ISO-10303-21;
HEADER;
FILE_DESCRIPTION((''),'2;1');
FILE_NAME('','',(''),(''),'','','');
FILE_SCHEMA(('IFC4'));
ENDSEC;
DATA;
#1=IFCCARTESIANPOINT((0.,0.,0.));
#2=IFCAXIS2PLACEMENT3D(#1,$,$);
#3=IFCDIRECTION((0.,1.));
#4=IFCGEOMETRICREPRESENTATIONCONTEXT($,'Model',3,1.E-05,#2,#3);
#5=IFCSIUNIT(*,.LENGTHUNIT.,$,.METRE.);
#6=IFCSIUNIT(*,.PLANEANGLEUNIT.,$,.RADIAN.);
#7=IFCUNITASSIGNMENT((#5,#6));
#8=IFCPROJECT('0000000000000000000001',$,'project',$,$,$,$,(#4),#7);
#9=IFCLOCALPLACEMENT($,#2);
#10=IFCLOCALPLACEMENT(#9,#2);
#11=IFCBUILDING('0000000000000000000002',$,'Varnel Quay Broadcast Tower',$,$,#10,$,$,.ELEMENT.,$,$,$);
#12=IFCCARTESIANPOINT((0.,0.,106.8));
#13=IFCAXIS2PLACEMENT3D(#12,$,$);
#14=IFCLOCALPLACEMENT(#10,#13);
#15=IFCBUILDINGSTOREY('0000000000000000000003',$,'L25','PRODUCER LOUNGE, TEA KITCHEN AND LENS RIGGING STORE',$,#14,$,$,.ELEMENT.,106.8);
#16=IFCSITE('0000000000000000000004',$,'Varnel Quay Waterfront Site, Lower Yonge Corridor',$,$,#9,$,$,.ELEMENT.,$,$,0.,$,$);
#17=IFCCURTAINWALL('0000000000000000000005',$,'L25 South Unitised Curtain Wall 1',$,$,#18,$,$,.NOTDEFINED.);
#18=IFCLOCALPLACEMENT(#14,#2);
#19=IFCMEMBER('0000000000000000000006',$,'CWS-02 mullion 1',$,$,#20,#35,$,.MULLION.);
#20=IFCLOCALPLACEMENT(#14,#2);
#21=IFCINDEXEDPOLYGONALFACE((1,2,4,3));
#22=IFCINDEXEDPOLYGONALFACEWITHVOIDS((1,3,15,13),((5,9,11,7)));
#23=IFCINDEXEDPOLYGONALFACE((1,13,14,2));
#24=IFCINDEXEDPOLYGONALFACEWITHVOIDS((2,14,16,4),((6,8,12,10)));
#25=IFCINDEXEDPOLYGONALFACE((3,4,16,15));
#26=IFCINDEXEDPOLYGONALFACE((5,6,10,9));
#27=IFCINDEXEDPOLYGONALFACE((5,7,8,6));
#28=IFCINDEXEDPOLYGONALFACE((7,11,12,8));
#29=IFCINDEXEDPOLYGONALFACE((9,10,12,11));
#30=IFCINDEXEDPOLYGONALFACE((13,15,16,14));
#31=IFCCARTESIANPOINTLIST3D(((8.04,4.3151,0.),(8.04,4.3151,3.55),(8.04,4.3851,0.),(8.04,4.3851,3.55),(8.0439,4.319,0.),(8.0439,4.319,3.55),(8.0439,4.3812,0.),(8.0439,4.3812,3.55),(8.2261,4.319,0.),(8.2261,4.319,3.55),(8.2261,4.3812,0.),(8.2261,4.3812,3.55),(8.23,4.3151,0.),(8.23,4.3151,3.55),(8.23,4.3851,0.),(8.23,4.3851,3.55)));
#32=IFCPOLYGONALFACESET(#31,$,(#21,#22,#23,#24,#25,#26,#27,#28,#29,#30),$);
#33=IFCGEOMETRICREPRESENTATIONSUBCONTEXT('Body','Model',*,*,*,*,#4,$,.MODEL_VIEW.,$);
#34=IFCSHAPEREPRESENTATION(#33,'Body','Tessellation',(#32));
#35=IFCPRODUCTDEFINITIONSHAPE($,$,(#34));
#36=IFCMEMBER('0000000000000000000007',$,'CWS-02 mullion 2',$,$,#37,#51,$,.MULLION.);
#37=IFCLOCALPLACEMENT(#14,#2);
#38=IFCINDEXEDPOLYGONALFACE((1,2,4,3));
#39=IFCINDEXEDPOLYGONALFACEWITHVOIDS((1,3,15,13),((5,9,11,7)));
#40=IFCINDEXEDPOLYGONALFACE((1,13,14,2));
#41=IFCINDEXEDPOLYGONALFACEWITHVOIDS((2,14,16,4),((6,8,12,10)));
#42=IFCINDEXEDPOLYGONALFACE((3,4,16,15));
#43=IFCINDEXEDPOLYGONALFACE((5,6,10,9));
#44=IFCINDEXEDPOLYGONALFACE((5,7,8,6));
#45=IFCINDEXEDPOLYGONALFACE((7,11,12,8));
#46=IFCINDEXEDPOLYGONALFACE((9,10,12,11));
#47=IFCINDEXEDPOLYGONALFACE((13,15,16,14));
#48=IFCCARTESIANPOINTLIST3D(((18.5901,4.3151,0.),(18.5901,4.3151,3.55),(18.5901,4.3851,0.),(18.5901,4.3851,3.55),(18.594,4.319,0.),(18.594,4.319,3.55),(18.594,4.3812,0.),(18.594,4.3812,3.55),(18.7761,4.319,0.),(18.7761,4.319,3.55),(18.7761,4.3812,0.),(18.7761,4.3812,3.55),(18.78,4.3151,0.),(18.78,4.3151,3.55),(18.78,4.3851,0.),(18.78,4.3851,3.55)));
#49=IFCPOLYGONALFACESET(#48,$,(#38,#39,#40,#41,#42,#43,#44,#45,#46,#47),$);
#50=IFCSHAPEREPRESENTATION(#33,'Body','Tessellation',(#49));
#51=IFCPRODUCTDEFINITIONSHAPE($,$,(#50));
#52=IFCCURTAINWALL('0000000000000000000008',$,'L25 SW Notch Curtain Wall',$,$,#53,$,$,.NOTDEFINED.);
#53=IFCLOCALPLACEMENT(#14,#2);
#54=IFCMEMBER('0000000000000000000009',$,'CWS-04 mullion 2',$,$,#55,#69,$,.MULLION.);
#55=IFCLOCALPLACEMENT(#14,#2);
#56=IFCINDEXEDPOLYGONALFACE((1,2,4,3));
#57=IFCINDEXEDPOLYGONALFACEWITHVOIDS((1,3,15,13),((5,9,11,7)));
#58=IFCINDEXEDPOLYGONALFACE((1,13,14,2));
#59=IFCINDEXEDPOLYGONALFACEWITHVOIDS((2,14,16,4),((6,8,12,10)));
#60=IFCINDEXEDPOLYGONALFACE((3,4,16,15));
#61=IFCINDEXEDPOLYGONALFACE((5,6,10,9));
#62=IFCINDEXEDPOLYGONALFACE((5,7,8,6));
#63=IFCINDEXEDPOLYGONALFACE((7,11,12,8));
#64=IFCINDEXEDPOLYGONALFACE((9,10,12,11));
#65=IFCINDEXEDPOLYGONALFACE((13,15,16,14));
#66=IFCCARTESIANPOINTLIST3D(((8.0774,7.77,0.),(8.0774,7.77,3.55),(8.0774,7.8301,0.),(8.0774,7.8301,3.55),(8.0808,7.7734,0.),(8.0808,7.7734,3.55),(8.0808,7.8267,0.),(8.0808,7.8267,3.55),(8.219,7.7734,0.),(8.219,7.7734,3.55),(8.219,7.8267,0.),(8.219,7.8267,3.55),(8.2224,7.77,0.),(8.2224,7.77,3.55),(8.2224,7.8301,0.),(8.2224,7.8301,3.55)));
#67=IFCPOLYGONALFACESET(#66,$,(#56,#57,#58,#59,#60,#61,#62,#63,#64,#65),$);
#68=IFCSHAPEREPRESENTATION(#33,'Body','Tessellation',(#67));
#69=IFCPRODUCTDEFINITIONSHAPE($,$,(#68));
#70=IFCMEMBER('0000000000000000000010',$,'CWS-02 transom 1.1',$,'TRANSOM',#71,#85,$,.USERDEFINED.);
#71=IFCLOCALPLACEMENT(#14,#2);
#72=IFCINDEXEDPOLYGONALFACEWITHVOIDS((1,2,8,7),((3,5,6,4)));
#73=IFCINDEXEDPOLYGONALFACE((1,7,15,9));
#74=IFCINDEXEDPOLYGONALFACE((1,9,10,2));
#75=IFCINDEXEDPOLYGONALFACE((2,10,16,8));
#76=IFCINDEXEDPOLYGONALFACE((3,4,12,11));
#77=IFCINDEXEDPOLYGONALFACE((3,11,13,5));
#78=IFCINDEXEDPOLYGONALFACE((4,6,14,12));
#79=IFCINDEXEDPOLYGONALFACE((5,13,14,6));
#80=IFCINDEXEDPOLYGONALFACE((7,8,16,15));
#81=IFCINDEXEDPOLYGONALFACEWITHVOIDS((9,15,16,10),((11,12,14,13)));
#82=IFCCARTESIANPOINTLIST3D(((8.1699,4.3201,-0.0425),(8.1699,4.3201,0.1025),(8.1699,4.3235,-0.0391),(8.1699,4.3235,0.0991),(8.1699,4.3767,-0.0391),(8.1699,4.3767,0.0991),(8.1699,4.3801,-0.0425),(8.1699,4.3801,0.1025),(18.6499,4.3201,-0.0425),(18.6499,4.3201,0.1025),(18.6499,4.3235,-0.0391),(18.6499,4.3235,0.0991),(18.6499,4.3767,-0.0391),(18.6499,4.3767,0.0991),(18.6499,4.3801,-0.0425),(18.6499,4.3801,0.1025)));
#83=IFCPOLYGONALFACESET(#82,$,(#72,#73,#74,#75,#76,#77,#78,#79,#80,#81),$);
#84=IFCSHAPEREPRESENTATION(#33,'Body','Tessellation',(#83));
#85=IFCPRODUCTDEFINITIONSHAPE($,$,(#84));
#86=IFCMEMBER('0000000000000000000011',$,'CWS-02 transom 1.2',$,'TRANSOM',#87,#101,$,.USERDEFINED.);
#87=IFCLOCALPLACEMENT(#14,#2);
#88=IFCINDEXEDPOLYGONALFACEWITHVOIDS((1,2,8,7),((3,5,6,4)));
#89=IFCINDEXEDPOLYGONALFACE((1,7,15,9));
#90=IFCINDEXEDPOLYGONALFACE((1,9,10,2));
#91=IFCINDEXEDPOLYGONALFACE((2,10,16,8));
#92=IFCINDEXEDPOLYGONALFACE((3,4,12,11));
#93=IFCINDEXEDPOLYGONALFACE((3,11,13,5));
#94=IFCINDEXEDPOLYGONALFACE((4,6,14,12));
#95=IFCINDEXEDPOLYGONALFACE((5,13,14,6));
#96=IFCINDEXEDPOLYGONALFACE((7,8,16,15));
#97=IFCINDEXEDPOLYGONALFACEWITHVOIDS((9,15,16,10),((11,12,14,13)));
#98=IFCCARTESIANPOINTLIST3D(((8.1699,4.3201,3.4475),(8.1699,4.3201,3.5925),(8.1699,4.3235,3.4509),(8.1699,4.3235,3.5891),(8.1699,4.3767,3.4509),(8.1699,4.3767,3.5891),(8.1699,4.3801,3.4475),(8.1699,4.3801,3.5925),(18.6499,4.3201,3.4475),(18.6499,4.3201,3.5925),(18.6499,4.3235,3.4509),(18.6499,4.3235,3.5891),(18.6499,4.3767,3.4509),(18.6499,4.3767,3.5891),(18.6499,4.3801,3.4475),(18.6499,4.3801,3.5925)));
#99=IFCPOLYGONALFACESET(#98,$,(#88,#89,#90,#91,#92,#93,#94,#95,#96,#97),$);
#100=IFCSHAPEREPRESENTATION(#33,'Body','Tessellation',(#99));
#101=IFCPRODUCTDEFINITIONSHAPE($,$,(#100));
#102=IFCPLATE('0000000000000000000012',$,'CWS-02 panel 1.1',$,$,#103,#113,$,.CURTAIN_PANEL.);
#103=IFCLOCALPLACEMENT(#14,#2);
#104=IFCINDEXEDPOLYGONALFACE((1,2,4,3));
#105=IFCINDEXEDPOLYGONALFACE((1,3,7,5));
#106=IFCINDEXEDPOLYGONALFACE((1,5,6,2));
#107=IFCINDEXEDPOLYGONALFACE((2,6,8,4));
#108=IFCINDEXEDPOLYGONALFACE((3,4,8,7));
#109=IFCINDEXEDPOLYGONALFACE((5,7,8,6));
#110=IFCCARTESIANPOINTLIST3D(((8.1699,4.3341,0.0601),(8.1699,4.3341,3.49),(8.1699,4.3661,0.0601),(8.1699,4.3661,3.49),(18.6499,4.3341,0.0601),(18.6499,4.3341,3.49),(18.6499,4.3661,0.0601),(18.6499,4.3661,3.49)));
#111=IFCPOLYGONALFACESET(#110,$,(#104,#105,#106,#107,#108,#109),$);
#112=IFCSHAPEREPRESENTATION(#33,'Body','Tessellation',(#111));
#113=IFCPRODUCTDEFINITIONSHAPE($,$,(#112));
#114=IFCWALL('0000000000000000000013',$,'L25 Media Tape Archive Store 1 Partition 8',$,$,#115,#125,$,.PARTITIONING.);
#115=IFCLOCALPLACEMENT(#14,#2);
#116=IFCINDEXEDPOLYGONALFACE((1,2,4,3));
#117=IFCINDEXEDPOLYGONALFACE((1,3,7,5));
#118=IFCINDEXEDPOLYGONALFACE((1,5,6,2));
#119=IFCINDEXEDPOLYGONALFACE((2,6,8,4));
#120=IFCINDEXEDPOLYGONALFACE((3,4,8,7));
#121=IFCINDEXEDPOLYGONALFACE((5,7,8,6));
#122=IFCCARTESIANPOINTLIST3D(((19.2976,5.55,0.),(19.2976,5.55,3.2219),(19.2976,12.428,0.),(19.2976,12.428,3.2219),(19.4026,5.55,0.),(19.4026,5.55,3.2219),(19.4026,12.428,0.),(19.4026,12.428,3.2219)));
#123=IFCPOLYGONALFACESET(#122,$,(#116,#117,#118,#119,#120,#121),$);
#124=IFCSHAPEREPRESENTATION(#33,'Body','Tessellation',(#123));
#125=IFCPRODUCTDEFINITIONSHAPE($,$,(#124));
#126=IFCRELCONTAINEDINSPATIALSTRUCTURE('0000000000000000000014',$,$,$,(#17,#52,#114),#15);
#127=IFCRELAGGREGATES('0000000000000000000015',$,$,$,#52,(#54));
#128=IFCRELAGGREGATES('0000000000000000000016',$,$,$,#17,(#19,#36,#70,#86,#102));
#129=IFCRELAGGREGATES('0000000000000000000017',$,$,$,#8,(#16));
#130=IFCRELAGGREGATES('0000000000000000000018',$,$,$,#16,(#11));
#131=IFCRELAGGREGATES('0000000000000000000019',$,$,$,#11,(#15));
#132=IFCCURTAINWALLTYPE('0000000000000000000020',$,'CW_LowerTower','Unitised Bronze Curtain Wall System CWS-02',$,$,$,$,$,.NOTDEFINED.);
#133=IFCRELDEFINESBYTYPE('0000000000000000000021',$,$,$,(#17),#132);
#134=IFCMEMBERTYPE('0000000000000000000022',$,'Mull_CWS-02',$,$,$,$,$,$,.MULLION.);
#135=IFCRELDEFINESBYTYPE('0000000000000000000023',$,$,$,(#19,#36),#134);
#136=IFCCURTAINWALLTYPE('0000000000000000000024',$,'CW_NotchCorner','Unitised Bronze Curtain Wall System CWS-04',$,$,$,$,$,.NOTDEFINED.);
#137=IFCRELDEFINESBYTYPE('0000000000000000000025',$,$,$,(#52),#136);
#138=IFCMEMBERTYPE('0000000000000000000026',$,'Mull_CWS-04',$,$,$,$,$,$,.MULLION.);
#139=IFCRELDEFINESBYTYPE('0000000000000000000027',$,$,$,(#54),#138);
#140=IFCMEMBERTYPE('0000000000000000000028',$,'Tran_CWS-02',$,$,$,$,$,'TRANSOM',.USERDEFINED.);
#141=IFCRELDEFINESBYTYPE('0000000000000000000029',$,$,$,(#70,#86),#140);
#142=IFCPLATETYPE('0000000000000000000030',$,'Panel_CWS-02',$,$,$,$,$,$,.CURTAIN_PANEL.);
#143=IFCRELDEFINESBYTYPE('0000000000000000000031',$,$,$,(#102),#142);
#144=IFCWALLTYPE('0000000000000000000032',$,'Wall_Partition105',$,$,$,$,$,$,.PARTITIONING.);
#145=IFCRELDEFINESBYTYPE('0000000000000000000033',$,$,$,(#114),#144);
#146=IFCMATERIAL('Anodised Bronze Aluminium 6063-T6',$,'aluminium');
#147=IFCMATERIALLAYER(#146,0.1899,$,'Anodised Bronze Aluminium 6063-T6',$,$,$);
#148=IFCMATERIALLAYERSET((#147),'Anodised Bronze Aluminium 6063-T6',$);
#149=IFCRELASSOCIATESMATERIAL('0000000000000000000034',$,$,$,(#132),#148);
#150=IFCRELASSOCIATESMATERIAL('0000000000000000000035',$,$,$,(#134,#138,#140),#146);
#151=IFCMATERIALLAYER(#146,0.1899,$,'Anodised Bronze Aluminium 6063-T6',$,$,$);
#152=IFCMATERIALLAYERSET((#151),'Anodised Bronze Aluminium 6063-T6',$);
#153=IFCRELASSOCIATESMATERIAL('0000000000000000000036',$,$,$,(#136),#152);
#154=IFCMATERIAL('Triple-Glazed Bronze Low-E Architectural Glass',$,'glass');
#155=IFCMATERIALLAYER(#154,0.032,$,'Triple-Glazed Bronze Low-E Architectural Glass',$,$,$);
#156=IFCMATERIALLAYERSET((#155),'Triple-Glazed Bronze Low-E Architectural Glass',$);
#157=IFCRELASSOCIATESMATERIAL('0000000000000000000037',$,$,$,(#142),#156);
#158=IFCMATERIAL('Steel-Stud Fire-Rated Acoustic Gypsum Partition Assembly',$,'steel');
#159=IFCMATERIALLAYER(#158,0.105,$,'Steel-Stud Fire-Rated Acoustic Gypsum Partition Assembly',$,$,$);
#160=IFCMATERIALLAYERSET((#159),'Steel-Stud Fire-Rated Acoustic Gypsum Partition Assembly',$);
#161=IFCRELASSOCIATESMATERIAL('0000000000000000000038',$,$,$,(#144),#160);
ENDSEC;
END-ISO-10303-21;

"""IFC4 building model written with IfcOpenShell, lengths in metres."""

from ifc_helpers import new_model, si_unit, direction, frame, frame_2d, origin, origin_2d, place, context, subcontext, project, spatial, rectangle, hollow_rectangle, extrude, source, transform, mapped, material, layer, layer_set, material_profile, profile_set, type_object, type_shapes, element, aggregate, save


model = new_model("IFC4")

# Units and contexts
model_context = context("Model", 3, precision=1e-05, world=origin(), true_north=direction((0.0, 1.0)))
body_context = subcontext(model_context, "Body", "Model", "MODEL_VIEW")
ifc_project = project(units=[si_unit("LENGTHUNIT", "METRE"), si_unit("PLANEANGLEUNIT", "RADIAN")], contexts=[model_context])

# Site, building, storey
site_placement = place(None, origin())
site = spatial("IfcSite", under=ifc_project, at=site_placement, Name="Varnel Quay Waterfront Site, Lower Yonge Corridor", CompositionType="ELEMENT", RefElevation=0.0)
building_placement = place(site_placement, origin())
building = spatial("IfcBuilding", under=site, at=building_placement, Name="Varnel Quay Broadcast Tower", CompositionType="ELEMENT")
storey_placement = place(building_placement, frame((0.0, 0.0, 106.8)))
storey = spatial("IfcBuildingStorey", under=building, at=storey_placement, Name="L25", Description="PRODUCER LOUNGE, TEA KITCHEN AND LENS RIGGING STORE", CompositionType="ELEMENT", Elevation=106.8)

# Curtain wall, members
ifc_material_1 = material(Name="Anodised Bronze Aluminium 6063-T6", Category="aluminium")
ifc_layer_1 = layer(ifc_material_1, 0.1899, Name="Anodised Bronze Aluminium 6063-T6")
ifc_layer_set_1 = layer_set([ifc_layer_1], Name="Anodised Bronze Aluminium 6063-T6")
curtain_wall_type_1 = type_object("IfcCurtainWallType", Name="CW_LowerTower", Description="Unitised Bronze Curtain Wall System CWS-02", PredefinedType="NOTDEFINED", material=ifc_layer_set_1)
curtain_wall_1_placement = place(storey_placement, origin())
curtain_wall_1 = element("IfcCurtainWall", 1, at=curtain_wall_1_placement, inside=storey, type_object=curtain_wall_type_1, Name="L25 South Unitised Curtain Wall 1", PredefinedType="NOTDEFINED")
ifc_material_profile_1 = material_profile(ifc_material_1, hollow_rectangle(XDim=0.0701, YDim=0.1899, WallThickness=0.0039, at=origin_2d()), Name="ALU70X190X4")
ifc_profile_set_1 = profile_set([ifc_material_profile_1], Name="Anodised Bronze Aluminium 6063-T6")
member_type_1 = type_object("IfcMemberType", Name="Mull_CWS-02", PredefinedType="MULLION", material=ifc_profile_set_1)
shared_shape_1 = source(origin(), body_context, "Body", "SweptSolid", [
    extrude(hollow_rectangle(XDim=0.0701, YDim=0.1899, WallThickness=0.0039, at=origin_2d()), origin(), (0.0, 0.0, 1.0), 3.55),
])
type_shapes(member_type_1, [shared_shape_1])
member_1_placement = place(storey_placement, frame((8.135, 4.3501, 0.0), z_axis=(0.0, 0.0, 1.0), x_axis=(0.0, 1.0, 0.0)))
member_1 = element("IfcMember", 2, at=member_1_placement, type_object=member_type_1, Name="CWS-02 mullion 1", PredefinedType="MULLION", context=body_context, shape_type="MappedRepresentation", body=[
    mapped(shared_shape_1, transform((0.0, 0.0, 0.0), x_axis=(1.0, 0.0, 0.0), y_axis=(0.0, 1.0, 0.0), z_axis=(0.0, 0.0, 1.0), scale=1.0)),
])
member_2_placement = place(storey_placement, frame((18.6851, 4.3501, 0.0), z_axis=(0.0, 0.0, 1.0), x_axis=(0.0, 1.0, 0.0)))
member_2 = element("IfcMember", 3, at=member_2_placement, type_object=member_type_1, Name="CWS-02 mullion 2", PredefinedType="MULLION", context=body_context, shape_type="MappedRepresentation", body=[
    mapped(shared_shape_1, transform((0.0, 0.0, 0.0), x_axis=(1.0, 0.0, 0.0), y_axis=(0.0, 1.0, 0.0), z_axis=(0.0, 0.0, 1.0), scale=1.0)),
])

# Curtain wall, member
ifc_layer_2 = layer(ifc_material_1, 0.1899, Name="Anodised Bronze Aluminium 6063-T6")
ifc_layer_set_2 = layer_set([ifc_layer_2], Name="Anodised Bronze Aluminium 6063-T6")
curtain_wall_type_2 = type_object("IfcCurtainWallType", Name="CW_NotchCorner", Description="Unitised Bronze Curtain Wall System CWS-04", PredefinedType="NOTDEFINED", material=ifc_layer_set_2)
curtain_wall_2_placement = place(storey_placement, origin())
curtain_wall_2 = element("IfcCurtainWall", 4, at=curtain_wall_2_placement, inside=storey, type_object=curtain_wall_type_2, Name="L25 SW Notch Curtain Wall", PredefinedType="NOTDEFINED")
ifc_material_profile_2 = material_profile(ifc_material_1, hollow_rectangle(XDim=0.0601, YDim=0.145, WallThickness=0.0034, at=origin_2d()), Name="ALU60X145X3.5")
ifc_profile_set_2 = profile_set([ifc_material_profile_2], Name="Anodised Bronze Aluminium 6063-T6")
member_type_2 = type_object("IfcMemberType", Name="Mull_CWS-04", PredefinedType="MULLION", material=ifc_profile_set_2)
shared_shape_2 = source(origin(), body_context, "Body", "SweptSolid", [
    extrude(hollow_rectangle(XDim=0.0601, YDim=0.145, WallThickness=0.0034, at=origin_2d()), origin(), (0.0, 0.0, 1.0), 3.55),
])
type_shapes(member_type_2, [shared_shape_2])
member_3_placement = place(storey_placement, frame((8.1499, 7.8, 0.0), z_axis=(0.0, 0.0, 1.0), x_axis=(0.0, 1.0, 0.0)))
member_3 = element("IfcMember", 5, at=member_3_placement, type_object=member_type_2, Name="CWS-04 mullion 2", PredefinedType="MULLION", context=body_context, shape_type="MappedRepresentation", body=[
    mapped(shared_shape_2, transform((0.0, 0.0, 0.0), x_axis=(1.0, 0.0, 0.0), y_axis=(0.0, 1.0, 0.0), z_axis=(0.0, 0.0, 1.0), scale=1.0)),
])
aggregate(curtain_wall_2, [member_3])

# Members
ifc_material_profile_3 = material_profile(ifc_material_1, hollow_rectangle(XDim=0.0601, YDim=0.145, WallThickness=0.0034, at=origin_2d()), Name="ALU60X145X3.5")
ifc_profile_set_3 = profile_set([ifc_material_profile_3], Name="Anodised Bronze Aluminium 6063-T6")
member_type_3 = type_object("IfcMemberType", Name="Tran_CWS-02", ElementType="TRANSOM", PredefinedType="USERDEFINED", material=ifc_profile_set_3)
shared_shape_3 = source(origin(), body_context, "Body", "SweptSolid", [
    extrude(hollow_rectangle(XDim=0.0601, YDim=0.145, WallThickness=0.0034, at=origin_2d()), origin(), (0.0, 0.0, 1.0), 10.48),
])
type_shapes(member_type_3, [shared_shape_3])
member_4_placement = place(storey_placement, frame((8.1699, 4.3501, 0.03), z_axis=(1.0, 0.0, 0.0), x_axis=(0.0, 1.0, 0.0)))
member_4 = element("IfcMember", 6, at=member_4_placement, type_object=member_type_3, Name="CWS-02 transom 1.1", ObjectType="TRANSOM", PredefinedType="USERDEFINED", context=body_context, shape_type="MappedRepresentation", body=[
    mapped(shared_shape_3, transform((0.0, 0.0, 0.0), x_axis=(1.0, 0.0, 0.0), y_axis=(0.0, 1.0, 0.0), z_axis=(0.0, 0.0, 1.0), scale=1.0)),
])
member_5_placement = place(storey_placement, frame((8.1699, 4.3501, 3.52), z_axis=(1.0, 0.0, 0.0), x_axis=(0.0, 1.0, 0.0)))
member_5 = element("IfcMember", 7, at=member_5_placement, type_object=member_type_3, Name="CWS-02 transom 1.2", ObjectType="TRANSOM", PredefinedType="USERDEFINED", context=body_context, shape_type="MappedRepresentation", body=[
    mapped(shared_shape_3, transform((0.0, 0.0, 0.0), x_axis=(1.0, 0.0, 0.0), y_axis=(0.0, 1.0, 0.0), z_axis=(0.0, 0.0, 1.0), scale=1.0)),
])

# Plate
ifc_material_2 = material(Name="Triple-Glazed Bronze Low-E Architectural Glass", Category="glass")
ifc_layer_3 = layer(ifc_material_2, 0.032, Name="Triple-Glazed Bronze Low-E Architectural Glass")
ifc_layer_set_3 = layer_set([ifc_layer_3], Name="Triple-Glazed Bronze Low-E Architectural Glass")
plate_type = type_object("IfcPlateType", Name="Panel_CWS-02", PredefinedType="CURTAIN_PANEL", material=ifc_layer_set_3)
shared_shape_4 = source(origin(), body_context, "Body", "SweptSolid", [
    extrude(rectangle(XDim=10.48, YDim=0.032, at=origin_2d()), origin(), (0.0, 0.0, 1.0), 3.4299),
])
type_shapes(plate_type, [shared_shape_4])
plate_placement = place(storey_placement, frame((13.4099, 4.3501, 0.0601), z_axis=(0.0, 0.0, 1.0), x_axis=(1.0, 0.0, 0.0)))
plate = element("IfcPlate", 8, at=plate_placement, type_object=plate_type, Name="CWS-02 panel 1.1", PredefinedType="CURTAIN_PANEL", context=body_context, shape_type="MappedRepresentation", body=[
    mapped(shared_shape_4, transform((0.0, 0.0, 0.0), x_axis=(1.0, 0.0, 0.0), y_axis=(0.0, 1.0, 0.0), z_axis=(0.0, 0.0, 1.0), scale=1.0)),
])
aggregate(curtain_wall_1, [member_1, member_2, member_4, member_5, plate])

# Wall
ifc_material_3 = material(Name="Steel-Stud Fire-Rated Acoustic Gypsum Partition Assembly", Category="steel")
ifc_layer_4 = layer(ifc_material_3, 0.105, Name="Steel-Stud Fire-Rated Acoustic Gypsum Partition Assembly")
ifc_layer_set_4 = layer_set([ifc_layer_4], Name="Steel-Stud Fire-Rated Acoustic Gypsum Partition Assembly")
wall_type_1 = type_object("IfcWallType", Name="Wall_Partition105", PredefinedType="PARTITIONING", material=ifc_layer_set_4)
wall_1_placement = place(storey_placement, frame((19.3501, 5.55, 0.0), z_axis=(0.0, 0.0, 1.0), x_axis=(0.0, 1.0, 0.0)))
element("IfcWall", 9, at=wall_1_placement, inside=storey, type_object=wall_type_1, Name="L25 Media Tape Archive Store 1 Partition 8", PredefinedType="PARTITIONING", context=body_context, shape_type="SweptSolid", body=[
    extrude(rectangle(XDim=6.8779, YDim=0.105, at=frame_2d((3.439, 0.0))), origin(), (0.0, 0.0, 1.0), 3.2219),
])

save(model, "model.ifc")
